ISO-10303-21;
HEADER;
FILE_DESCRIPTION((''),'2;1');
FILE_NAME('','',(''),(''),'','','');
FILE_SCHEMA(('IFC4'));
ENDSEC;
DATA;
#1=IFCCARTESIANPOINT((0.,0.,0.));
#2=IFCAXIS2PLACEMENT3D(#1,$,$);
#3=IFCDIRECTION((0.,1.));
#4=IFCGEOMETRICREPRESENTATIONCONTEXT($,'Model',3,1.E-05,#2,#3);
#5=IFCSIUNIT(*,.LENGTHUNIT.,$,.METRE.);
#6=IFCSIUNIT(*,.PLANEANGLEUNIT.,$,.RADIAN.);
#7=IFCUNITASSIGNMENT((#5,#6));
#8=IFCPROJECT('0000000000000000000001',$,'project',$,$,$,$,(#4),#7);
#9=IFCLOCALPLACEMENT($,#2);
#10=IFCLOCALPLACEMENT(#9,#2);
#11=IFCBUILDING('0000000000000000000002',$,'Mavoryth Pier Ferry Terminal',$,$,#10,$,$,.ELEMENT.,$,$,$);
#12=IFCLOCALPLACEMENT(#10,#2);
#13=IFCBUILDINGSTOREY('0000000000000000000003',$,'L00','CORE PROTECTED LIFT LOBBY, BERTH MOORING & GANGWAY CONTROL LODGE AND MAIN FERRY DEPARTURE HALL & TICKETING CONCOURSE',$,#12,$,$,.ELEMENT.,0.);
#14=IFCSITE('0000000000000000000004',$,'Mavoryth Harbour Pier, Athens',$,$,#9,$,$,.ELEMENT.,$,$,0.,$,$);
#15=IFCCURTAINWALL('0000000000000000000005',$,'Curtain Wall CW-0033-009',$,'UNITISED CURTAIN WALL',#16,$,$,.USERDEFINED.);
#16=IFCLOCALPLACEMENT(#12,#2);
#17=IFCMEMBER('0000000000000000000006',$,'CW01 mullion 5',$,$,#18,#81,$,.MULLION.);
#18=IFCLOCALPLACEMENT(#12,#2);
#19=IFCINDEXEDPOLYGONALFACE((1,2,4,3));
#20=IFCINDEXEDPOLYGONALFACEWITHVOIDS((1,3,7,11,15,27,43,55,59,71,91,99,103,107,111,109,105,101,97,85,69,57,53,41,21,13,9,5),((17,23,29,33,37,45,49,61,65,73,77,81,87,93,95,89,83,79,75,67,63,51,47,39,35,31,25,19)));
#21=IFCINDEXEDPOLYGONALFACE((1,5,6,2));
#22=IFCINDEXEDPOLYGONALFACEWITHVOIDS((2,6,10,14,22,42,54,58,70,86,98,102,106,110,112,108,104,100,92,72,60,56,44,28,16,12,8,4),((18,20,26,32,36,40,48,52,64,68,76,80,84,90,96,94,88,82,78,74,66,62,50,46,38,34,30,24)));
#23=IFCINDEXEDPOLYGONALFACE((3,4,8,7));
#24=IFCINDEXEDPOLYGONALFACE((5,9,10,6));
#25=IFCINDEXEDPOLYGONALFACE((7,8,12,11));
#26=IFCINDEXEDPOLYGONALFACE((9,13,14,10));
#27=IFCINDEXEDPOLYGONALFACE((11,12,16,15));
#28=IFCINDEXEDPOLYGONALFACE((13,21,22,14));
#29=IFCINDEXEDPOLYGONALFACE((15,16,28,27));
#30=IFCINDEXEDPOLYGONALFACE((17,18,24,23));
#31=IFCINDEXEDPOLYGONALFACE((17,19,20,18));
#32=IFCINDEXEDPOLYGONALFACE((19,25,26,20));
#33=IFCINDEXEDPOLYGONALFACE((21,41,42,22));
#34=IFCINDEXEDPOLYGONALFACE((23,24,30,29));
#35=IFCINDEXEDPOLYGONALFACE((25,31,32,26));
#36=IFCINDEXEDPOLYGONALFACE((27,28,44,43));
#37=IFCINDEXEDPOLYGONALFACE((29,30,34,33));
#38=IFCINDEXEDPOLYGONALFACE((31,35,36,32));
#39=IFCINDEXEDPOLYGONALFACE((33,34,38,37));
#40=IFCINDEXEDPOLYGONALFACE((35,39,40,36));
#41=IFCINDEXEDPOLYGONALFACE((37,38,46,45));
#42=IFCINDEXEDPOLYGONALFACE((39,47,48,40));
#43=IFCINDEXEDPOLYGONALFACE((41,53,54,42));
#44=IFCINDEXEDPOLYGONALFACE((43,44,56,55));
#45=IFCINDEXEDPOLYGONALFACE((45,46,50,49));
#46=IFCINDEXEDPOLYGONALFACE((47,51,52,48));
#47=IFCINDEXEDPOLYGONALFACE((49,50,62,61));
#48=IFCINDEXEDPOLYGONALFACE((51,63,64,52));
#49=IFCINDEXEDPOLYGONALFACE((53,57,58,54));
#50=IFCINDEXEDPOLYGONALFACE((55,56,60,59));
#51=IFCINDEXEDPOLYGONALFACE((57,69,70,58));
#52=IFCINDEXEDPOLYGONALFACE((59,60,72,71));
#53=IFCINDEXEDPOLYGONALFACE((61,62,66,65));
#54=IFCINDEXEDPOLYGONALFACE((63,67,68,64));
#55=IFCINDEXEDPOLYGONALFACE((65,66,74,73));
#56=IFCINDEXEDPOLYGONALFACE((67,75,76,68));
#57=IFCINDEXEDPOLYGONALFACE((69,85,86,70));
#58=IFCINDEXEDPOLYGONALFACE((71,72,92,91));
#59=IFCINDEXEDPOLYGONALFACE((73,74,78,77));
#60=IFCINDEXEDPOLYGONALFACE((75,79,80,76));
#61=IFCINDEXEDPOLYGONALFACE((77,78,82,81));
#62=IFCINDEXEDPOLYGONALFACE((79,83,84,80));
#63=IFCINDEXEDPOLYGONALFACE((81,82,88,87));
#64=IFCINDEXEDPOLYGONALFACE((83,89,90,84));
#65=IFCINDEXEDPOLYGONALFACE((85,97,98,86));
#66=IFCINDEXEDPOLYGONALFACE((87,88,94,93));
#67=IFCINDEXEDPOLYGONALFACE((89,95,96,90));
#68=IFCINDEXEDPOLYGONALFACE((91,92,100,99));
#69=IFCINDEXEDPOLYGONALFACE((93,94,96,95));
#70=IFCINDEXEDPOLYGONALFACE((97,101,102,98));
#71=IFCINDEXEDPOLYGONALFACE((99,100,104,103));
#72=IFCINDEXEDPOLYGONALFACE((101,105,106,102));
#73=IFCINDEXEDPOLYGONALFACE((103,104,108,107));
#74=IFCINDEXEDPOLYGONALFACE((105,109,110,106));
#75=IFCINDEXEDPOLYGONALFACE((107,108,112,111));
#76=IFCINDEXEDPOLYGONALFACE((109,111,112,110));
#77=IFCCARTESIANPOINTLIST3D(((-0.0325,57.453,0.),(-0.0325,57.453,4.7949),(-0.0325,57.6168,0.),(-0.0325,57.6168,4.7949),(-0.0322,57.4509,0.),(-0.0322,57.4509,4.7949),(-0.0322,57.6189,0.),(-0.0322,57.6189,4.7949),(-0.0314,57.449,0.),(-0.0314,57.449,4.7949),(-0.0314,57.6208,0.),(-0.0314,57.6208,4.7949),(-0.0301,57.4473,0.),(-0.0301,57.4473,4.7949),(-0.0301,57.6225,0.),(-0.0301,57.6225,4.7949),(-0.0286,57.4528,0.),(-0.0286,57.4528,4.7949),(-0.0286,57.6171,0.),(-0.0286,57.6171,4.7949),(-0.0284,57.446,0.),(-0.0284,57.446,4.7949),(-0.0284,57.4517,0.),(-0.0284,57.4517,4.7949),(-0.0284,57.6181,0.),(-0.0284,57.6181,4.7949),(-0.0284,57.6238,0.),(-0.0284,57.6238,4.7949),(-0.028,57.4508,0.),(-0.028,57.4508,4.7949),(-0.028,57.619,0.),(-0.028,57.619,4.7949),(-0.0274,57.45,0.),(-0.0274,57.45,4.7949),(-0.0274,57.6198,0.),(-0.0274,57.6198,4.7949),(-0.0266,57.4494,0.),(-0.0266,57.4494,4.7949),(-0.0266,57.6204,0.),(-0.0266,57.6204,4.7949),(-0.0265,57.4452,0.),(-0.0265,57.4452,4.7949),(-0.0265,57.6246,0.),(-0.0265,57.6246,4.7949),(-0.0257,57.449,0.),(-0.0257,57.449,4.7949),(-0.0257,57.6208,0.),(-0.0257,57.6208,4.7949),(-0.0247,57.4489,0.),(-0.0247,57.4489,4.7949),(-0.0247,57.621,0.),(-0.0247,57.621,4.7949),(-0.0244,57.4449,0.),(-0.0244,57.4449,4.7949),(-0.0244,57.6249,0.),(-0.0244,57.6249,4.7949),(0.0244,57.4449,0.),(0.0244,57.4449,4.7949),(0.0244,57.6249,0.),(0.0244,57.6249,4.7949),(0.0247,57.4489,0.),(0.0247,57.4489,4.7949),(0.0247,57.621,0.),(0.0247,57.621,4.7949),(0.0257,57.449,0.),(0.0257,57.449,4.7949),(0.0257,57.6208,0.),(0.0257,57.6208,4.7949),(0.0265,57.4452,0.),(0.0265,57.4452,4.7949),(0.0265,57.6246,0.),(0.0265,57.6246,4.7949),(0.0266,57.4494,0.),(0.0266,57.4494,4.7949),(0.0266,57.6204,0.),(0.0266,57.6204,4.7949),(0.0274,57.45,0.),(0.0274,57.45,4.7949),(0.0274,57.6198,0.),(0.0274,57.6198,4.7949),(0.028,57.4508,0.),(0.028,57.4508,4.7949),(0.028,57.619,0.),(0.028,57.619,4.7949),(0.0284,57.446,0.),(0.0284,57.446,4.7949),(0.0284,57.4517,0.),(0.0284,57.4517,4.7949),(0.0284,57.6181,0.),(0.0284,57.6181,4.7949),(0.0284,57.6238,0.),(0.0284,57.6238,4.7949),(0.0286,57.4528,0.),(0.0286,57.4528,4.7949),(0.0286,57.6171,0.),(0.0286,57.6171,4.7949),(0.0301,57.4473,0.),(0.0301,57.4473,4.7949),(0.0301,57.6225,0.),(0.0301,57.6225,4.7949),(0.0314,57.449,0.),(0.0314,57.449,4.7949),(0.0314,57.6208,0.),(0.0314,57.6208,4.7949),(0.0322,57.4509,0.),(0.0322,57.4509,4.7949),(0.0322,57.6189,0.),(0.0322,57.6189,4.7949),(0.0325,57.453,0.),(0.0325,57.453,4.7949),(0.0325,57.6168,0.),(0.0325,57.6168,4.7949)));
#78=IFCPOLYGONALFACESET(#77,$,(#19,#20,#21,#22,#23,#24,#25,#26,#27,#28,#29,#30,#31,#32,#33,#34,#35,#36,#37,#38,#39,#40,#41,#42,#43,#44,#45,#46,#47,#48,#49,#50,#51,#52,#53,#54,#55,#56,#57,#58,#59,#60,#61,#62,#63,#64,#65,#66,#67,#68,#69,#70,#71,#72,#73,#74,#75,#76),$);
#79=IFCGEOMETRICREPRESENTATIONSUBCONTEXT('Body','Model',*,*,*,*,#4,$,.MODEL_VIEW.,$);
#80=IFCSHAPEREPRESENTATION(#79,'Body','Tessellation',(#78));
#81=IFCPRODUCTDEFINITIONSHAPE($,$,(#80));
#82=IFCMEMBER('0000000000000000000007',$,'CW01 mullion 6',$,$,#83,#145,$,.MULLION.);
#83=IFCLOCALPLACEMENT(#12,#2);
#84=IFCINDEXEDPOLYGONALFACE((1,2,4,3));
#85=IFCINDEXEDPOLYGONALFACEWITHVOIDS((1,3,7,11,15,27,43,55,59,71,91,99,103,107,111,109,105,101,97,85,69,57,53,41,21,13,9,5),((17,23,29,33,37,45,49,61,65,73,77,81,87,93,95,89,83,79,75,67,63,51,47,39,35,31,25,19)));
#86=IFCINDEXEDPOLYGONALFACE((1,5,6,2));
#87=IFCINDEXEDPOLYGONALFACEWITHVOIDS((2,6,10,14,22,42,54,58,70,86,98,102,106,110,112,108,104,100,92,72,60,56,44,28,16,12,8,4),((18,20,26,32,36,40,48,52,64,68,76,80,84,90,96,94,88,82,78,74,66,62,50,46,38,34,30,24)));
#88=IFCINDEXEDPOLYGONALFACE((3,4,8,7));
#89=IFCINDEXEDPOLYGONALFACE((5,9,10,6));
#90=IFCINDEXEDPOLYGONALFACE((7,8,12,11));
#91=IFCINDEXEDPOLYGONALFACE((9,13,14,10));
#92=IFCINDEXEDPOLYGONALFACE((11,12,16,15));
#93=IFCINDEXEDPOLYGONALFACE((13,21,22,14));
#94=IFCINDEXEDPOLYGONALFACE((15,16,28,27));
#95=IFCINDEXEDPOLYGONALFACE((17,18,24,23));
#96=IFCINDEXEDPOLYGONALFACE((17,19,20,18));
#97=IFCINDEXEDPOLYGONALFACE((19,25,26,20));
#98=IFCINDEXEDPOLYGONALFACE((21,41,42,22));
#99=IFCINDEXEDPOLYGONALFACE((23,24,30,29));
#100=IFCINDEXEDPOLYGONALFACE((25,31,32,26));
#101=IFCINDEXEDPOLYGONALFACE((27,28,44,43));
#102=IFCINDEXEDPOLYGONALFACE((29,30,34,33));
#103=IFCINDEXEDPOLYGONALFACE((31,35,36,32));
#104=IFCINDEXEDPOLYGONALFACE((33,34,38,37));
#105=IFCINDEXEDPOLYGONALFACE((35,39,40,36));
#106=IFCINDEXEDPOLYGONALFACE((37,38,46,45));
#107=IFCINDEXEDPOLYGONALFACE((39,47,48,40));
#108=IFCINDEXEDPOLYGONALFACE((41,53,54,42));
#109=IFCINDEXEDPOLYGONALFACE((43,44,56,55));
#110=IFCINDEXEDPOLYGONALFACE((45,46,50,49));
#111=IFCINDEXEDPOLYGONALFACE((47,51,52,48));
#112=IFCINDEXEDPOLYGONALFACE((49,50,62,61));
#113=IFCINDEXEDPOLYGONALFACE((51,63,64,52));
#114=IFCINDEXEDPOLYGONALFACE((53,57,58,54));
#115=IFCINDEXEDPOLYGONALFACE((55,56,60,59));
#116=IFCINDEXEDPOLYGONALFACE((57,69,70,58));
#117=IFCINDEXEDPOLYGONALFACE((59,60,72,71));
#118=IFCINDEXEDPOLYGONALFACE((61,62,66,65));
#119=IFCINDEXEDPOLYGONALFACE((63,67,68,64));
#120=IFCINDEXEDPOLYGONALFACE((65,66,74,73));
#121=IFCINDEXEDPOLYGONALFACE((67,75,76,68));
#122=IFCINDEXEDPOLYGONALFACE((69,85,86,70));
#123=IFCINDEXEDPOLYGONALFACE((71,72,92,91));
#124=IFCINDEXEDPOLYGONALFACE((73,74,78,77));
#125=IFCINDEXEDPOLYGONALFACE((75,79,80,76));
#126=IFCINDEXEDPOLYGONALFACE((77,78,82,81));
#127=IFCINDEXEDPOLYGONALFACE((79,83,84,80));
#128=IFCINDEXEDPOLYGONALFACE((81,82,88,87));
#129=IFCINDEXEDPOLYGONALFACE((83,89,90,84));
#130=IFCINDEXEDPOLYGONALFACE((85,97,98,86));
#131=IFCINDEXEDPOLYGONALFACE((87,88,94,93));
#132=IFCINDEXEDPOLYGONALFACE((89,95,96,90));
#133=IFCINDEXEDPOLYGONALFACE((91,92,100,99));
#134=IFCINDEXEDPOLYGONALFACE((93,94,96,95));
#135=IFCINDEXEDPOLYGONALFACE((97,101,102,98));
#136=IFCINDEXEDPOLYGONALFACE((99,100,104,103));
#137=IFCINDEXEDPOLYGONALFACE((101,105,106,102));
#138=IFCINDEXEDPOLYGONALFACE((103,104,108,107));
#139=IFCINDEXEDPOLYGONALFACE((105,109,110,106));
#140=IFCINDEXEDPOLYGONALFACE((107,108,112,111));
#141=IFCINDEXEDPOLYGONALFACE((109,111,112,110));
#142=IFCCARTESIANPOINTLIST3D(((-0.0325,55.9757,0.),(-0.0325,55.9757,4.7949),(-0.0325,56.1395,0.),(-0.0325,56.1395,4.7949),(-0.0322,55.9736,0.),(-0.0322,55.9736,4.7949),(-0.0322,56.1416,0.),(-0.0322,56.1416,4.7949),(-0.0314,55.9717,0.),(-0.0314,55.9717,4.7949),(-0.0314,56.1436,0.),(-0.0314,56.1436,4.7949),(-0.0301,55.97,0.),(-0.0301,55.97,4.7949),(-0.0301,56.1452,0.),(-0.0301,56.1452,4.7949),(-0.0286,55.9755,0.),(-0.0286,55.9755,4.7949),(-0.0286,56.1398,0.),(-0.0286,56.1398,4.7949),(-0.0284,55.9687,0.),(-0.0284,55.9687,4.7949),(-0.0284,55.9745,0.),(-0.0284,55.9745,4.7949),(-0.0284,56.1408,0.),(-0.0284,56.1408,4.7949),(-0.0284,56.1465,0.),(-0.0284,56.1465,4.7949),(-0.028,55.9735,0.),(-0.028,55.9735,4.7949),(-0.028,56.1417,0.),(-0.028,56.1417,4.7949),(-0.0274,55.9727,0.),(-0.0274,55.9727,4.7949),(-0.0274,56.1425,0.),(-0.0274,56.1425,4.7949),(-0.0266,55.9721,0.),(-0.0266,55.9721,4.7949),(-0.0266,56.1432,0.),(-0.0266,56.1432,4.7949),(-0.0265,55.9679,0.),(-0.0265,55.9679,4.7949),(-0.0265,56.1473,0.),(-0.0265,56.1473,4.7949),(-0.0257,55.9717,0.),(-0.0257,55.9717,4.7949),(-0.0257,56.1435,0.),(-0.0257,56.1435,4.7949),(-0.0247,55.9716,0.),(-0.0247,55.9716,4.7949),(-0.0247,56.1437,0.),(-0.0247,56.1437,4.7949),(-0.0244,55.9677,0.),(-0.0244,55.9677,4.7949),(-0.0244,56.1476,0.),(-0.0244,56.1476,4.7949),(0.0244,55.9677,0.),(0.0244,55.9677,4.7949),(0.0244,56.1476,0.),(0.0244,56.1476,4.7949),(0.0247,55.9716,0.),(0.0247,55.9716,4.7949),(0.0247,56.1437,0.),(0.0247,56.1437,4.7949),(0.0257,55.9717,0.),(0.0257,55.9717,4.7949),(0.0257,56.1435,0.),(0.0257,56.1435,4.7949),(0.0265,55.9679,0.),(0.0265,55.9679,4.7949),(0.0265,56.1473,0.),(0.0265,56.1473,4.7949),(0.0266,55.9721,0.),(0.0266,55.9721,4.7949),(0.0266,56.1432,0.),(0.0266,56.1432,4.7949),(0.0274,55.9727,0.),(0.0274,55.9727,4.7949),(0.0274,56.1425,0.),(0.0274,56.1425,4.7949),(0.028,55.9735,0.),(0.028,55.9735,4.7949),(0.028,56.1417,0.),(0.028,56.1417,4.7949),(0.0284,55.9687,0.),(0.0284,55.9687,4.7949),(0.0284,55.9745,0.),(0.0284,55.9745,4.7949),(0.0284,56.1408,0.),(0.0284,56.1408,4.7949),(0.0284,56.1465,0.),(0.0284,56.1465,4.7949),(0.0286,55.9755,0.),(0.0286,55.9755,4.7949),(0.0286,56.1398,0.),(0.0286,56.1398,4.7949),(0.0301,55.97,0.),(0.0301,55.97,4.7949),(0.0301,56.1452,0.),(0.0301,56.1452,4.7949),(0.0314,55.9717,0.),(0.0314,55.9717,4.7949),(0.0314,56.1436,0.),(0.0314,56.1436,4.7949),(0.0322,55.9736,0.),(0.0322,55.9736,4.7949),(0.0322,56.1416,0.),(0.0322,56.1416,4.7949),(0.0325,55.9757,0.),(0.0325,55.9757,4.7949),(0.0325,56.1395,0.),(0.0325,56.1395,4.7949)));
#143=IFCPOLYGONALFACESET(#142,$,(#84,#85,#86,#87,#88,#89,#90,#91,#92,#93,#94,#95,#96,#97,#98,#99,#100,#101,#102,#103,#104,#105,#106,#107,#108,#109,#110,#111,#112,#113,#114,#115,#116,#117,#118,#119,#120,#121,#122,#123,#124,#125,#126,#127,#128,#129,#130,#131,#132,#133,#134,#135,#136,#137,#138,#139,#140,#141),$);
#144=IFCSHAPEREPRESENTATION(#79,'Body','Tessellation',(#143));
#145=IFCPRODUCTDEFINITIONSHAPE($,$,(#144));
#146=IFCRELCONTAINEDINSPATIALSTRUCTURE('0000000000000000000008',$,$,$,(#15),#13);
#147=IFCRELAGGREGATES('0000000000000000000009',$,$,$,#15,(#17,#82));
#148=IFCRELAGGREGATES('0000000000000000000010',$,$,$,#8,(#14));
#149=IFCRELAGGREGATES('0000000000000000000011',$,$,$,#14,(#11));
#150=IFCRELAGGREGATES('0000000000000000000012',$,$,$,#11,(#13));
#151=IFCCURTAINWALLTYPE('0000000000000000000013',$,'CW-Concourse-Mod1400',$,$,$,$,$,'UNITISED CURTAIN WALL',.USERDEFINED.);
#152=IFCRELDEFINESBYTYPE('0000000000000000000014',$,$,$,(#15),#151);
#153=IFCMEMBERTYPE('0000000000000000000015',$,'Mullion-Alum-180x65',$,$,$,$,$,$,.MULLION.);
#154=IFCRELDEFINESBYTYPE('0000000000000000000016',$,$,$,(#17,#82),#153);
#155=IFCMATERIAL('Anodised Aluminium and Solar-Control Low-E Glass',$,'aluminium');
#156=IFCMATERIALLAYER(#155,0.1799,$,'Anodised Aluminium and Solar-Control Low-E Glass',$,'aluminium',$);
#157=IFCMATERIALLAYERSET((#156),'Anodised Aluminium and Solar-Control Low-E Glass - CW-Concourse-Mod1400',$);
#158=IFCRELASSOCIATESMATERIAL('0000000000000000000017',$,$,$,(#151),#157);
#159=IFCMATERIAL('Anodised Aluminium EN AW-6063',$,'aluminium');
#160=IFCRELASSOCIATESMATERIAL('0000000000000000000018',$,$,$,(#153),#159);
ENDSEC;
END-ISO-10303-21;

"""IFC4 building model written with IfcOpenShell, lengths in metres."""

from ifc_helpers import new_model, si_unit, direction, frame, origin, origin_2d, place, context, subcontext, project, spatial, hollow_rectangle, extrude, material, layer, layer_set, material_profile, profile_set, type_object, element, aggregate, save


model = new_model("IFC4")

# Units and contexts
model_context = context("Model", 3, precision=1e-05, world=origin(), true_north=direction((0.0, 1.0)))
body_context = subcontext(model_context, "Body", "Model", "MODEL_VIEW")
ifc_project = project(units=[si_unit("LENGTHUNIT", "METRE"), si_unit("PLANEANGLEUNIT", "RADIAN")], contexts=[model_context])

# Site, building, storey
site_placement = place(None, origin())
site = spatial("IfcSite", under=ifc_project, at=site_placement, Name="Mavoryth Harbour Pier, Athens", CompositionType="ELEMENT", RefElevation=0.0)
building_placement = place(site_placement, origin())
building = spatial("IfcBuilding", under=site, at=building_placement, Name="Mavoryth Pier Ferry Terminal", CompositionType="ELEMENT")
storey_placement = place(building_placement, origin())
storey = spatial("IfcBuildingStorey", under=building, at=storey_placement, Name="L00", Description="CORE PROTECTED LIFT LOBBY, BERTH MOORING & GANGWAY CONTROL LODGE AND MAIN FERRY DEPARTURE HALL & TICKETING CONCOURSE", CompositionType="ELEMENT", Elevation=0.0)

# Curtain wall, members
ifc_material_1 = material(Name="Anodised Aluminium and Solar-Control Low-E Glass", Category="aluminium")
ifc_layer_1 = layer(ifc_material_1, 0.1799, Name="Anodised Aluminium and Solar-Control Low-E Glass", Category="aluminium")
ifc_layer_set_1 = layer_set([ifc_layer_1], Name="Anodised Aluminium and Solar-Control Low-E Glass - CW-Concourse-Mod1400")
curtain_wall_type = type_object("IfcCurtainWallType", Name="CW-Concourse-Mod1400", ElementType="UNITISED CURTAIN WALL", PredefinedType="USERDEFINED", material=ifc_layer_set_1)
curtain_wall_placement = place(storey_placement, origin())
curtain_wall = element("IfcCurtainWall", 1, at=curtain_wall_placement, inside=storey, type_object=curtain_wall_type, Name="Curtain Wall CW-0033-009", ObjectType="UNITISED CURTAIN WALL", PredefinedType="USERDEFINED")
ifc_material_2 = material(Name="Anodised Aluminium EN AW-6063", Category="aluminium")
ifc_material_profile_1 = material_profile(ifc_material_2, hollow_rectangle(XDim=0.0649, YDim=0.1799, WallThickness=0.0039, InnerFilletRadius=0.0039, OuterFilletRadius=0.0081, at=origin_2d()), Name="AL-MULL 180x65x4", Category="aluminium")
ifc_profile_set_1 = profile_set([ifc_material_profile_1], Name="Anodised Aluminium EN AW-6063 - AL-MULL 180x65x4")
member_type_1 = type_object("IfcMemberType", Name="Mullion-Alum-180x65", PredefinedType="MULLION", material=ifc_profile_set_1)
member_1_placement = place(storey_placement, frame((0.0, 57.5349, 0.0), z_axis=(0.0, 0.0, 1.0), x_axis=(1.0, 0.0, 0.0)))
member_1 = element("IfcMember", 2, at=member_1_placement, type_object=member_type_1, Name="CW01 mullion 5", PredefinedType="MULLION", context=body_context, shape_type="SweptSolid", body=[
    extrude(hollow_rectangle(XDim=0.0649, YDim=0.1799, WallThickness=0.0039, InnerFilletRadius=0.0039, OuterFilletRadius=0.0081, at=origin_2d()), origin(), (0.0, 0.0, 1.0), 4.7949),
])
member_2_placement = place(storey_placement, frame((0.0, 56.0576, 0.0), z_axis=(0.0, 0.0, 1.0), x_axis=(1.0, 0.0, 0.0)))
member_2 = element("IfcMember", 3, at=member_2_placement, type_object=member_type_1, Name="CW01 mullion 6", PredefinedType="MULLION", context=body_context, shape_type="SweptSolid", body=[
    extrude(hollow_rectangle(XDim=0.0649, YDim=0.1799, WallThickness=0.0039, InnerFilletRadius=0.0039, OuterFilletRadius=0.0081, at=origin_2d()), origin(), (0.0, 0.0, 1.0), 4.7949),
])
aggregate(curtain_wall, [member_1, member_2])

save(model, "model.ifc")
